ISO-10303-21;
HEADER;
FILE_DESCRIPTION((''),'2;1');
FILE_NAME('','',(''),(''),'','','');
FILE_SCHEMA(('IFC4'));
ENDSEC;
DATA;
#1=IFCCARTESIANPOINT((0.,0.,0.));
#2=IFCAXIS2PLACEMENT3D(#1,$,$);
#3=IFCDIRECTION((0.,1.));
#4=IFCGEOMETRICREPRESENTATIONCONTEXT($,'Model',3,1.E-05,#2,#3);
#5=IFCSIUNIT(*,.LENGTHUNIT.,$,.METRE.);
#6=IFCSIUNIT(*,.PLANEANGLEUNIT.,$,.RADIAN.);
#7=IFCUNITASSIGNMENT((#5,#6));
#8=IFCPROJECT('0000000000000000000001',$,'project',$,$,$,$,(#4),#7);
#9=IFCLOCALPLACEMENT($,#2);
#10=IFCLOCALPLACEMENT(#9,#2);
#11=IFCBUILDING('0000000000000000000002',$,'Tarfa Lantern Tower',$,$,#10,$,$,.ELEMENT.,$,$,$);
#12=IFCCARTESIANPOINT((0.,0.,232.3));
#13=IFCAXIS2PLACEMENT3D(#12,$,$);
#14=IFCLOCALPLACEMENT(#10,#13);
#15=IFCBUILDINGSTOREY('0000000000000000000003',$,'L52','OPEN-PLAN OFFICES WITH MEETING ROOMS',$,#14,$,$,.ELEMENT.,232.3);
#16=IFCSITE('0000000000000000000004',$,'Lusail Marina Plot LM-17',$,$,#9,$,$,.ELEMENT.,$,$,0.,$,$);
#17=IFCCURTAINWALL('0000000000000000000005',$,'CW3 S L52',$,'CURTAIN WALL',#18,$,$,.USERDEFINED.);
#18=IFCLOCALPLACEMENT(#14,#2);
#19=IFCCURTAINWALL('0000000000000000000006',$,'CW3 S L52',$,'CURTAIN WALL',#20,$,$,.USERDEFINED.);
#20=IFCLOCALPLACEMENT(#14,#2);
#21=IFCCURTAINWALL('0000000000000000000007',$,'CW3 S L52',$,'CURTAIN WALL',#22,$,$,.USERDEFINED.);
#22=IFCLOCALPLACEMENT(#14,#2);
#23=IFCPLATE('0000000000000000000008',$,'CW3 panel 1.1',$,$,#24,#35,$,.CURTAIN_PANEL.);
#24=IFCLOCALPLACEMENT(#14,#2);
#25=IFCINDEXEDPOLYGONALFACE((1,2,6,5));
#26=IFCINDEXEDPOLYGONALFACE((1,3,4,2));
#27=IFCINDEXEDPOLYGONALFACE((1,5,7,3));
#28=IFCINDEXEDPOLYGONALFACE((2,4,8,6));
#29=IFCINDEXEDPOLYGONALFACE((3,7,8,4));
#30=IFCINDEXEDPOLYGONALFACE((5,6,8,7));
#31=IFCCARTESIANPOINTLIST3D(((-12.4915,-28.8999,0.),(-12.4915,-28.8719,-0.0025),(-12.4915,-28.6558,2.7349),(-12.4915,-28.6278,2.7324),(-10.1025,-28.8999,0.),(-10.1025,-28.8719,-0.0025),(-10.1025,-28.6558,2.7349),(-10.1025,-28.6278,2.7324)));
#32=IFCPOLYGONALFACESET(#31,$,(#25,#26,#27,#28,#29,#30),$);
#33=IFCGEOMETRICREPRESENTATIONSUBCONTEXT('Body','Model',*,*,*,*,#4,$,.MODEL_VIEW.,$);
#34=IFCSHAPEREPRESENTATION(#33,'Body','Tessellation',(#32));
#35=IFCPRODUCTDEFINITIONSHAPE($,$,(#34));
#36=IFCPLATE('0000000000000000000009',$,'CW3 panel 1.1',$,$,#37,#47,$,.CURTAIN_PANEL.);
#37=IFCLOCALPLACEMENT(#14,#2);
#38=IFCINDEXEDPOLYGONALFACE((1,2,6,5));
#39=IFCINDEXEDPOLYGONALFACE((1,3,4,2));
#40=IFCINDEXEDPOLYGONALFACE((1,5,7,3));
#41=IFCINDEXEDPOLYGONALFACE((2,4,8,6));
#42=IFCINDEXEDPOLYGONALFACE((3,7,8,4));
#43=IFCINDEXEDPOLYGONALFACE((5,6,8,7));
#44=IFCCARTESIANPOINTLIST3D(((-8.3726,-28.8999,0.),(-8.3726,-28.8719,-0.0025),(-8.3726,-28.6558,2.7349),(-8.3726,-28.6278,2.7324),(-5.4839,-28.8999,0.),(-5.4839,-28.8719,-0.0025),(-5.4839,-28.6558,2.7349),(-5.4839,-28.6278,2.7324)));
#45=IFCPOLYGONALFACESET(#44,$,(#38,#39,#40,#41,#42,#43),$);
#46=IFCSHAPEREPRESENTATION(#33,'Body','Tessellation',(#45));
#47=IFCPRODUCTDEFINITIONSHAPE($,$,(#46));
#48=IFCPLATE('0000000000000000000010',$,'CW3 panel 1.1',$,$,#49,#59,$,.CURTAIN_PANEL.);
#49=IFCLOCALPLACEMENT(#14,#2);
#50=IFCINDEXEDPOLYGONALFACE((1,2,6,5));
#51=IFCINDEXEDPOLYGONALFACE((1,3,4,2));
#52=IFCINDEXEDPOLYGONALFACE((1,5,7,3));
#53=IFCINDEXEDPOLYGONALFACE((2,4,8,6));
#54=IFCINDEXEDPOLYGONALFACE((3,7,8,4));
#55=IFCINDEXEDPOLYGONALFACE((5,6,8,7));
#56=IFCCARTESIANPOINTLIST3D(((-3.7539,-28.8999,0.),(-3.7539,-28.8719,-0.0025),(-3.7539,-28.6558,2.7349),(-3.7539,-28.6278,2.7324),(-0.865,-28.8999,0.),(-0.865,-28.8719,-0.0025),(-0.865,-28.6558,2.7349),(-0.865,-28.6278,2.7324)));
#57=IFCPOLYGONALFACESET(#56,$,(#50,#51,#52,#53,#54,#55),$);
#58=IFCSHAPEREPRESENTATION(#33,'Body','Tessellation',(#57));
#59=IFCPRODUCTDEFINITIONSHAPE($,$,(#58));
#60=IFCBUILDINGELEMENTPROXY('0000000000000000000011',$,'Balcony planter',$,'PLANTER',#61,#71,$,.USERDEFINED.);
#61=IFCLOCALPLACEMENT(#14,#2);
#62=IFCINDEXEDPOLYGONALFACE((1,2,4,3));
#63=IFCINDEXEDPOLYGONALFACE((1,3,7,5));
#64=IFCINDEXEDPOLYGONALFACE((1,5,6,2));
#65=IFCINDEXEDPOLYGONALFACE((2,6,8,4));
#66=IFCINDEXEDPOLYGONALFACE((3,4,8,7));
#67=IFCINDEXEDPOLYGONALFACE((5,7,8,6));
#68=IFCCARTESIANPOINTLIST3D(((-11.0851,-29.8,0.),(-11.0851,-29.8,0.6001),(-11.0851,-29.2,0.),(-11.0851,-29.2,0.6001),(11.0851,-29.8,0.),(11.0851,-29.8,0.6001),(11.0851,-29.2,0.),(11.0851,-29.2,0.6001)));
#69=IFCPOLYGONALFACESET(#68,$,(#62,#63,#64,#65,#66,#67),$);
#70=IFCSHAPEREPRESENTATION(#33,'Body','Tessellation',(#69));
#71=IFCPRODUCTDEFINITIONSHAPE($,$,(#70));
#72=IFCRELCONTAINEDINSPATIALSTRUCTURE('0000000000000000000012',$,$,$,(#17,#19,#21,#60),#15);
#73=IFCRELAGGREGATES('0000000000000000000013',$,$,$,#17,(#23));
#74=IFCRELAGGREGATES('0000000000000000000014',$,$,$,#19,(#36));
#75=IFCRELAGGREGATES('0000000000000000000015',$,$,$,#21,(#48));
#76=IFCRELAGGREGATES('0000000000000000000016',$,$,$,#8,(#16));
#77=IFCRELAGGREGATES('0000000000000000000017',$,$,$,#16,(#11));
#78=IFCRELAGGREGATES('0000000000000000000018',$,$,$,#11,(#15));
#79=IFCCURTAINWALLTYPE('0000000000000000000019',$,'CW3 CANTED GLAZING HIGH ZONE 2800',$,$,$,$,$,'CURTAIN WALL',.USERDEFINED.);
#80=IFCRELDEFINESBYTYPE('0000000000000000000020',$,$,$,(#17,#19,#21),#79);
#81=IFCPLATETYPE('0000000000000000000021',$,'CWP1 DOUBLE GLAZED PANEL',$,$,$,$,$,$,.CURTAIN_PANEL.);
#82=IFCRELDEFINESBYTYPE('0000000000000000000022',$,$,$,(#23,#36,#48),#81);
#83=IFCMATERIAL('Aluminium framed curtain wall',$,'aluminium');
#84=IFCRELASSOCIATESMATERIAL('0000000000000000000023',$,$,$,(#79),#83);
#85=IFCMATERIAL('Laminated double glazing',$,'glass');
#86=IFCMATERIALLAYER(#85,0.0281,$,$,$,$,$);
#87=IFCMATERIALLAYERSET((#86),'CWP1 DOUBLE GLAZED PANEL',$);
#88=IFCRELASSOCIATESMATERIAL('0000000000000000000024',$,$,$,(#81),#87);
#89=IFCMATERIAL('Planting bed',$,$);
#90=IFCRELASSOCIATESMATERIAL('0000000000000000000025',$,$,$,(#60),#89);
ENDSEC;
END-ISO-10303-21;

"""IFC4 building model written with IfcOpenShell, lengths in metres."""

from ifc_helpers import new_model, si_unit, direction, frame, origin, origin_2d, place, context, subcontext, project, spatial, polyline, rectangle, outline, extrude, material, layer, layer_set, type_object, element, aggregate, save


model = new_model("IFC4")

# Units and contexts
model_context = context("Model", 3, precision=1e-05, world=origin(), true_north=direction((0.0, 1.0)))
body_context = subcontext(model_context, "Body", "Model", "MODEL_VIEW")
ifc_project = project(units=[si_unit("LENGTHUNIT", "METRE"), si_unit("PLANEANGLEUNIT", "RADIAN")], contexts=[model_context])

# Site, building, storey
site_placement = place(None, origin())
site = spatial("IfcSite", under=ifc_project, at=site_placement, Name="Lusail Marina Plot LM-17", CompositionType="ELEMENT", RefElevation=0.0)
building_placement = place(site_placement, origin())
building = spatial("IfcBuilding", under=site, at=building_placement, Name="Tarfa Lantern Tower", CompositionType="ELEMENT")
storey_placement = place(building_placement, frame((0.0, 0.0, 232.3)))
storey = spatial("IfcBuildingStorey", under=building, at=storey_placement, Name="L52", Description="OPEN-PLAN OFFICES WITH MEETING ROOMS", CompositionType="ELEMENT", Elevation=232.3)

# Curtain walls
ifc_material_1 = material(Name="Aluminium framed curtain wall", Category="aluminium")
curtain_wall_type = type_object("IfcCurtainWallType", Name="CW3 CANTED GLAZING HIGH ZONE 2800", ElementType="CURTAIN WALL", PredefinedType="USERDEFINED", material=ifc_material_1)
curtain_wall_1_placement = place(storey_placement, origin())
curtain_wall_1 = element("IfcCurtainWall", 1, at=curtain_wall_1_placement, inside=storey, type_object=curtain_wall_type, Name="CW3 S L52", ObjectType="CURTAIN WALL", PredefinedType="USERDEFINED")
curtain_wall_2_placement = place(storey_placement, origin())
curtain_wall_2 = element("IfcCurtainWall", 2, at=curtain_wall_2_placement, inside=storey, type_object=curtain_wall_type, Name="CW3 S L52", ObjectType="CURTAIN WALL", PredefinedType="USERDEFINED")
curtain_wall_3_placement = place(storey_placement, origin())
curtain_wall_3 = element("IfcCurtainWall", 3, at=curtain_wall_3_placement, inside=storey, type_object=curtain_wall_type, Name="CW3 S L52", ObjectType="CURTAIN WALL", PredefinedType="USERDEFINED")

# Plates
ifc_material_2 = material(Name="Laminated double glazing", Category="glass")
ifc_layer = layer(ifc_material_2, 0.0281)
ifc_layer_set = layer_set([ifc_layer], Name="CWP1 DOUBLE GLAZED PANEL")
plate_type = type_object("IfcPlateType", Name="CWP1 DOUBLE GLAZED PANEL", PredefinedType="CURTAIN_PANEL", material=ifc_layer_set)
plate_1_placement = place(storey_placement, frame((-12.4915, -28.8999, 0.0), z_axis=(0.0, -0.996039, 0.088916), x_axis=(1.0, 0.0, 0.0)))
plate_1 = element("IfcPlate", 4, at=plate_1_placement, type_object=plate_type, Name="CW3 panel 1.1", PredefinedType="CURTAIN_PANEL", context=body_context, shape_type="SweptSolid", body=[
    extrude(outline(polyline([(0.0, 0.0), (2.3889, 0.0), (2.3889, 2.7457), (0.0, 2.7457), (0.0, 0.0)])), origin(), (0.0, 0.0, -1.0), 0.0281),
])
aggregate(curtain_wall_1, [plate_1])
plate_2_placement = place(storey_placement, frame((-8.3726, -28.8999, 0.0), z_axis=(0.0, -0.996039, 0.088916), x_axis=(1.0, 0.0, 0.0)))
plate_2 = element("IfcPlate", 5, at=plate_2_placement, type_object=plate_type, Name="CW3 panel 1.1", PredefinedType="CURTAIN_PANEL", context=body_context, shape_type="SweptSolid", body=[
    extrude(outline(polyline([(0.0, 0.0), (2.8887, 0.0), (2.8887, 2.7457), (0.0, 2.7457), (0.0, 0.0)])), origin(), (0.0, 0.0, -1.0), 0.0281),
])
aggregate(curtain_wall_2, [plate_2])
plate_3_placement = place(storey_placement, frame((-3.7539, -28.8999, 0.0), z_axis=(0.0, -0.996039, 0.088916), x_axis=(1.0, 0.0, 0.0)))
plate_3 = element("IfcPlate", 6, at=plate_3_placement, type_object=plate_type, Name="CW3 panel 1.1", PredefinedType="CURTAIN_PANEL", context=body_context, shape_type="SweptSolid", body=[
    extrude(outline(polyline([(0.0, 0.0), (2.8889, 0.0), (2.8889, 2.7457), (0.0, 2.7457), (0.0, 0.0)])), origin(), (0.0, 0.0, -1.0), 0.0281),
])
aggregate(curtain_wall_3, [plate_3])

# Building element proxy
ifc_material_3 = material(Name="Planting bed")
proxy_placement = place(storey_placement, frame((0.0, -29.5, 0.0), z_axis=(0.0, 0.0, 1.0), x_axis=(1.0, 0.0, 0.0)))
element("IfcBuildingElementProxy", 7, at=proxy_placement, inside=storey, material=ifc_material_3, Name="Balcony planter", ObjectType="PLANTER", PredefinedType="USERDEFINED", context=body_context, shape_type="SweptSolid", body=[
    extrude(rectangle(XDim=22.1702, YDim=0.6001, at=origin_2d()), origin(), (0.0, 0.0, 1.0), 0.6001),
])

save(model, "model.ifc")
